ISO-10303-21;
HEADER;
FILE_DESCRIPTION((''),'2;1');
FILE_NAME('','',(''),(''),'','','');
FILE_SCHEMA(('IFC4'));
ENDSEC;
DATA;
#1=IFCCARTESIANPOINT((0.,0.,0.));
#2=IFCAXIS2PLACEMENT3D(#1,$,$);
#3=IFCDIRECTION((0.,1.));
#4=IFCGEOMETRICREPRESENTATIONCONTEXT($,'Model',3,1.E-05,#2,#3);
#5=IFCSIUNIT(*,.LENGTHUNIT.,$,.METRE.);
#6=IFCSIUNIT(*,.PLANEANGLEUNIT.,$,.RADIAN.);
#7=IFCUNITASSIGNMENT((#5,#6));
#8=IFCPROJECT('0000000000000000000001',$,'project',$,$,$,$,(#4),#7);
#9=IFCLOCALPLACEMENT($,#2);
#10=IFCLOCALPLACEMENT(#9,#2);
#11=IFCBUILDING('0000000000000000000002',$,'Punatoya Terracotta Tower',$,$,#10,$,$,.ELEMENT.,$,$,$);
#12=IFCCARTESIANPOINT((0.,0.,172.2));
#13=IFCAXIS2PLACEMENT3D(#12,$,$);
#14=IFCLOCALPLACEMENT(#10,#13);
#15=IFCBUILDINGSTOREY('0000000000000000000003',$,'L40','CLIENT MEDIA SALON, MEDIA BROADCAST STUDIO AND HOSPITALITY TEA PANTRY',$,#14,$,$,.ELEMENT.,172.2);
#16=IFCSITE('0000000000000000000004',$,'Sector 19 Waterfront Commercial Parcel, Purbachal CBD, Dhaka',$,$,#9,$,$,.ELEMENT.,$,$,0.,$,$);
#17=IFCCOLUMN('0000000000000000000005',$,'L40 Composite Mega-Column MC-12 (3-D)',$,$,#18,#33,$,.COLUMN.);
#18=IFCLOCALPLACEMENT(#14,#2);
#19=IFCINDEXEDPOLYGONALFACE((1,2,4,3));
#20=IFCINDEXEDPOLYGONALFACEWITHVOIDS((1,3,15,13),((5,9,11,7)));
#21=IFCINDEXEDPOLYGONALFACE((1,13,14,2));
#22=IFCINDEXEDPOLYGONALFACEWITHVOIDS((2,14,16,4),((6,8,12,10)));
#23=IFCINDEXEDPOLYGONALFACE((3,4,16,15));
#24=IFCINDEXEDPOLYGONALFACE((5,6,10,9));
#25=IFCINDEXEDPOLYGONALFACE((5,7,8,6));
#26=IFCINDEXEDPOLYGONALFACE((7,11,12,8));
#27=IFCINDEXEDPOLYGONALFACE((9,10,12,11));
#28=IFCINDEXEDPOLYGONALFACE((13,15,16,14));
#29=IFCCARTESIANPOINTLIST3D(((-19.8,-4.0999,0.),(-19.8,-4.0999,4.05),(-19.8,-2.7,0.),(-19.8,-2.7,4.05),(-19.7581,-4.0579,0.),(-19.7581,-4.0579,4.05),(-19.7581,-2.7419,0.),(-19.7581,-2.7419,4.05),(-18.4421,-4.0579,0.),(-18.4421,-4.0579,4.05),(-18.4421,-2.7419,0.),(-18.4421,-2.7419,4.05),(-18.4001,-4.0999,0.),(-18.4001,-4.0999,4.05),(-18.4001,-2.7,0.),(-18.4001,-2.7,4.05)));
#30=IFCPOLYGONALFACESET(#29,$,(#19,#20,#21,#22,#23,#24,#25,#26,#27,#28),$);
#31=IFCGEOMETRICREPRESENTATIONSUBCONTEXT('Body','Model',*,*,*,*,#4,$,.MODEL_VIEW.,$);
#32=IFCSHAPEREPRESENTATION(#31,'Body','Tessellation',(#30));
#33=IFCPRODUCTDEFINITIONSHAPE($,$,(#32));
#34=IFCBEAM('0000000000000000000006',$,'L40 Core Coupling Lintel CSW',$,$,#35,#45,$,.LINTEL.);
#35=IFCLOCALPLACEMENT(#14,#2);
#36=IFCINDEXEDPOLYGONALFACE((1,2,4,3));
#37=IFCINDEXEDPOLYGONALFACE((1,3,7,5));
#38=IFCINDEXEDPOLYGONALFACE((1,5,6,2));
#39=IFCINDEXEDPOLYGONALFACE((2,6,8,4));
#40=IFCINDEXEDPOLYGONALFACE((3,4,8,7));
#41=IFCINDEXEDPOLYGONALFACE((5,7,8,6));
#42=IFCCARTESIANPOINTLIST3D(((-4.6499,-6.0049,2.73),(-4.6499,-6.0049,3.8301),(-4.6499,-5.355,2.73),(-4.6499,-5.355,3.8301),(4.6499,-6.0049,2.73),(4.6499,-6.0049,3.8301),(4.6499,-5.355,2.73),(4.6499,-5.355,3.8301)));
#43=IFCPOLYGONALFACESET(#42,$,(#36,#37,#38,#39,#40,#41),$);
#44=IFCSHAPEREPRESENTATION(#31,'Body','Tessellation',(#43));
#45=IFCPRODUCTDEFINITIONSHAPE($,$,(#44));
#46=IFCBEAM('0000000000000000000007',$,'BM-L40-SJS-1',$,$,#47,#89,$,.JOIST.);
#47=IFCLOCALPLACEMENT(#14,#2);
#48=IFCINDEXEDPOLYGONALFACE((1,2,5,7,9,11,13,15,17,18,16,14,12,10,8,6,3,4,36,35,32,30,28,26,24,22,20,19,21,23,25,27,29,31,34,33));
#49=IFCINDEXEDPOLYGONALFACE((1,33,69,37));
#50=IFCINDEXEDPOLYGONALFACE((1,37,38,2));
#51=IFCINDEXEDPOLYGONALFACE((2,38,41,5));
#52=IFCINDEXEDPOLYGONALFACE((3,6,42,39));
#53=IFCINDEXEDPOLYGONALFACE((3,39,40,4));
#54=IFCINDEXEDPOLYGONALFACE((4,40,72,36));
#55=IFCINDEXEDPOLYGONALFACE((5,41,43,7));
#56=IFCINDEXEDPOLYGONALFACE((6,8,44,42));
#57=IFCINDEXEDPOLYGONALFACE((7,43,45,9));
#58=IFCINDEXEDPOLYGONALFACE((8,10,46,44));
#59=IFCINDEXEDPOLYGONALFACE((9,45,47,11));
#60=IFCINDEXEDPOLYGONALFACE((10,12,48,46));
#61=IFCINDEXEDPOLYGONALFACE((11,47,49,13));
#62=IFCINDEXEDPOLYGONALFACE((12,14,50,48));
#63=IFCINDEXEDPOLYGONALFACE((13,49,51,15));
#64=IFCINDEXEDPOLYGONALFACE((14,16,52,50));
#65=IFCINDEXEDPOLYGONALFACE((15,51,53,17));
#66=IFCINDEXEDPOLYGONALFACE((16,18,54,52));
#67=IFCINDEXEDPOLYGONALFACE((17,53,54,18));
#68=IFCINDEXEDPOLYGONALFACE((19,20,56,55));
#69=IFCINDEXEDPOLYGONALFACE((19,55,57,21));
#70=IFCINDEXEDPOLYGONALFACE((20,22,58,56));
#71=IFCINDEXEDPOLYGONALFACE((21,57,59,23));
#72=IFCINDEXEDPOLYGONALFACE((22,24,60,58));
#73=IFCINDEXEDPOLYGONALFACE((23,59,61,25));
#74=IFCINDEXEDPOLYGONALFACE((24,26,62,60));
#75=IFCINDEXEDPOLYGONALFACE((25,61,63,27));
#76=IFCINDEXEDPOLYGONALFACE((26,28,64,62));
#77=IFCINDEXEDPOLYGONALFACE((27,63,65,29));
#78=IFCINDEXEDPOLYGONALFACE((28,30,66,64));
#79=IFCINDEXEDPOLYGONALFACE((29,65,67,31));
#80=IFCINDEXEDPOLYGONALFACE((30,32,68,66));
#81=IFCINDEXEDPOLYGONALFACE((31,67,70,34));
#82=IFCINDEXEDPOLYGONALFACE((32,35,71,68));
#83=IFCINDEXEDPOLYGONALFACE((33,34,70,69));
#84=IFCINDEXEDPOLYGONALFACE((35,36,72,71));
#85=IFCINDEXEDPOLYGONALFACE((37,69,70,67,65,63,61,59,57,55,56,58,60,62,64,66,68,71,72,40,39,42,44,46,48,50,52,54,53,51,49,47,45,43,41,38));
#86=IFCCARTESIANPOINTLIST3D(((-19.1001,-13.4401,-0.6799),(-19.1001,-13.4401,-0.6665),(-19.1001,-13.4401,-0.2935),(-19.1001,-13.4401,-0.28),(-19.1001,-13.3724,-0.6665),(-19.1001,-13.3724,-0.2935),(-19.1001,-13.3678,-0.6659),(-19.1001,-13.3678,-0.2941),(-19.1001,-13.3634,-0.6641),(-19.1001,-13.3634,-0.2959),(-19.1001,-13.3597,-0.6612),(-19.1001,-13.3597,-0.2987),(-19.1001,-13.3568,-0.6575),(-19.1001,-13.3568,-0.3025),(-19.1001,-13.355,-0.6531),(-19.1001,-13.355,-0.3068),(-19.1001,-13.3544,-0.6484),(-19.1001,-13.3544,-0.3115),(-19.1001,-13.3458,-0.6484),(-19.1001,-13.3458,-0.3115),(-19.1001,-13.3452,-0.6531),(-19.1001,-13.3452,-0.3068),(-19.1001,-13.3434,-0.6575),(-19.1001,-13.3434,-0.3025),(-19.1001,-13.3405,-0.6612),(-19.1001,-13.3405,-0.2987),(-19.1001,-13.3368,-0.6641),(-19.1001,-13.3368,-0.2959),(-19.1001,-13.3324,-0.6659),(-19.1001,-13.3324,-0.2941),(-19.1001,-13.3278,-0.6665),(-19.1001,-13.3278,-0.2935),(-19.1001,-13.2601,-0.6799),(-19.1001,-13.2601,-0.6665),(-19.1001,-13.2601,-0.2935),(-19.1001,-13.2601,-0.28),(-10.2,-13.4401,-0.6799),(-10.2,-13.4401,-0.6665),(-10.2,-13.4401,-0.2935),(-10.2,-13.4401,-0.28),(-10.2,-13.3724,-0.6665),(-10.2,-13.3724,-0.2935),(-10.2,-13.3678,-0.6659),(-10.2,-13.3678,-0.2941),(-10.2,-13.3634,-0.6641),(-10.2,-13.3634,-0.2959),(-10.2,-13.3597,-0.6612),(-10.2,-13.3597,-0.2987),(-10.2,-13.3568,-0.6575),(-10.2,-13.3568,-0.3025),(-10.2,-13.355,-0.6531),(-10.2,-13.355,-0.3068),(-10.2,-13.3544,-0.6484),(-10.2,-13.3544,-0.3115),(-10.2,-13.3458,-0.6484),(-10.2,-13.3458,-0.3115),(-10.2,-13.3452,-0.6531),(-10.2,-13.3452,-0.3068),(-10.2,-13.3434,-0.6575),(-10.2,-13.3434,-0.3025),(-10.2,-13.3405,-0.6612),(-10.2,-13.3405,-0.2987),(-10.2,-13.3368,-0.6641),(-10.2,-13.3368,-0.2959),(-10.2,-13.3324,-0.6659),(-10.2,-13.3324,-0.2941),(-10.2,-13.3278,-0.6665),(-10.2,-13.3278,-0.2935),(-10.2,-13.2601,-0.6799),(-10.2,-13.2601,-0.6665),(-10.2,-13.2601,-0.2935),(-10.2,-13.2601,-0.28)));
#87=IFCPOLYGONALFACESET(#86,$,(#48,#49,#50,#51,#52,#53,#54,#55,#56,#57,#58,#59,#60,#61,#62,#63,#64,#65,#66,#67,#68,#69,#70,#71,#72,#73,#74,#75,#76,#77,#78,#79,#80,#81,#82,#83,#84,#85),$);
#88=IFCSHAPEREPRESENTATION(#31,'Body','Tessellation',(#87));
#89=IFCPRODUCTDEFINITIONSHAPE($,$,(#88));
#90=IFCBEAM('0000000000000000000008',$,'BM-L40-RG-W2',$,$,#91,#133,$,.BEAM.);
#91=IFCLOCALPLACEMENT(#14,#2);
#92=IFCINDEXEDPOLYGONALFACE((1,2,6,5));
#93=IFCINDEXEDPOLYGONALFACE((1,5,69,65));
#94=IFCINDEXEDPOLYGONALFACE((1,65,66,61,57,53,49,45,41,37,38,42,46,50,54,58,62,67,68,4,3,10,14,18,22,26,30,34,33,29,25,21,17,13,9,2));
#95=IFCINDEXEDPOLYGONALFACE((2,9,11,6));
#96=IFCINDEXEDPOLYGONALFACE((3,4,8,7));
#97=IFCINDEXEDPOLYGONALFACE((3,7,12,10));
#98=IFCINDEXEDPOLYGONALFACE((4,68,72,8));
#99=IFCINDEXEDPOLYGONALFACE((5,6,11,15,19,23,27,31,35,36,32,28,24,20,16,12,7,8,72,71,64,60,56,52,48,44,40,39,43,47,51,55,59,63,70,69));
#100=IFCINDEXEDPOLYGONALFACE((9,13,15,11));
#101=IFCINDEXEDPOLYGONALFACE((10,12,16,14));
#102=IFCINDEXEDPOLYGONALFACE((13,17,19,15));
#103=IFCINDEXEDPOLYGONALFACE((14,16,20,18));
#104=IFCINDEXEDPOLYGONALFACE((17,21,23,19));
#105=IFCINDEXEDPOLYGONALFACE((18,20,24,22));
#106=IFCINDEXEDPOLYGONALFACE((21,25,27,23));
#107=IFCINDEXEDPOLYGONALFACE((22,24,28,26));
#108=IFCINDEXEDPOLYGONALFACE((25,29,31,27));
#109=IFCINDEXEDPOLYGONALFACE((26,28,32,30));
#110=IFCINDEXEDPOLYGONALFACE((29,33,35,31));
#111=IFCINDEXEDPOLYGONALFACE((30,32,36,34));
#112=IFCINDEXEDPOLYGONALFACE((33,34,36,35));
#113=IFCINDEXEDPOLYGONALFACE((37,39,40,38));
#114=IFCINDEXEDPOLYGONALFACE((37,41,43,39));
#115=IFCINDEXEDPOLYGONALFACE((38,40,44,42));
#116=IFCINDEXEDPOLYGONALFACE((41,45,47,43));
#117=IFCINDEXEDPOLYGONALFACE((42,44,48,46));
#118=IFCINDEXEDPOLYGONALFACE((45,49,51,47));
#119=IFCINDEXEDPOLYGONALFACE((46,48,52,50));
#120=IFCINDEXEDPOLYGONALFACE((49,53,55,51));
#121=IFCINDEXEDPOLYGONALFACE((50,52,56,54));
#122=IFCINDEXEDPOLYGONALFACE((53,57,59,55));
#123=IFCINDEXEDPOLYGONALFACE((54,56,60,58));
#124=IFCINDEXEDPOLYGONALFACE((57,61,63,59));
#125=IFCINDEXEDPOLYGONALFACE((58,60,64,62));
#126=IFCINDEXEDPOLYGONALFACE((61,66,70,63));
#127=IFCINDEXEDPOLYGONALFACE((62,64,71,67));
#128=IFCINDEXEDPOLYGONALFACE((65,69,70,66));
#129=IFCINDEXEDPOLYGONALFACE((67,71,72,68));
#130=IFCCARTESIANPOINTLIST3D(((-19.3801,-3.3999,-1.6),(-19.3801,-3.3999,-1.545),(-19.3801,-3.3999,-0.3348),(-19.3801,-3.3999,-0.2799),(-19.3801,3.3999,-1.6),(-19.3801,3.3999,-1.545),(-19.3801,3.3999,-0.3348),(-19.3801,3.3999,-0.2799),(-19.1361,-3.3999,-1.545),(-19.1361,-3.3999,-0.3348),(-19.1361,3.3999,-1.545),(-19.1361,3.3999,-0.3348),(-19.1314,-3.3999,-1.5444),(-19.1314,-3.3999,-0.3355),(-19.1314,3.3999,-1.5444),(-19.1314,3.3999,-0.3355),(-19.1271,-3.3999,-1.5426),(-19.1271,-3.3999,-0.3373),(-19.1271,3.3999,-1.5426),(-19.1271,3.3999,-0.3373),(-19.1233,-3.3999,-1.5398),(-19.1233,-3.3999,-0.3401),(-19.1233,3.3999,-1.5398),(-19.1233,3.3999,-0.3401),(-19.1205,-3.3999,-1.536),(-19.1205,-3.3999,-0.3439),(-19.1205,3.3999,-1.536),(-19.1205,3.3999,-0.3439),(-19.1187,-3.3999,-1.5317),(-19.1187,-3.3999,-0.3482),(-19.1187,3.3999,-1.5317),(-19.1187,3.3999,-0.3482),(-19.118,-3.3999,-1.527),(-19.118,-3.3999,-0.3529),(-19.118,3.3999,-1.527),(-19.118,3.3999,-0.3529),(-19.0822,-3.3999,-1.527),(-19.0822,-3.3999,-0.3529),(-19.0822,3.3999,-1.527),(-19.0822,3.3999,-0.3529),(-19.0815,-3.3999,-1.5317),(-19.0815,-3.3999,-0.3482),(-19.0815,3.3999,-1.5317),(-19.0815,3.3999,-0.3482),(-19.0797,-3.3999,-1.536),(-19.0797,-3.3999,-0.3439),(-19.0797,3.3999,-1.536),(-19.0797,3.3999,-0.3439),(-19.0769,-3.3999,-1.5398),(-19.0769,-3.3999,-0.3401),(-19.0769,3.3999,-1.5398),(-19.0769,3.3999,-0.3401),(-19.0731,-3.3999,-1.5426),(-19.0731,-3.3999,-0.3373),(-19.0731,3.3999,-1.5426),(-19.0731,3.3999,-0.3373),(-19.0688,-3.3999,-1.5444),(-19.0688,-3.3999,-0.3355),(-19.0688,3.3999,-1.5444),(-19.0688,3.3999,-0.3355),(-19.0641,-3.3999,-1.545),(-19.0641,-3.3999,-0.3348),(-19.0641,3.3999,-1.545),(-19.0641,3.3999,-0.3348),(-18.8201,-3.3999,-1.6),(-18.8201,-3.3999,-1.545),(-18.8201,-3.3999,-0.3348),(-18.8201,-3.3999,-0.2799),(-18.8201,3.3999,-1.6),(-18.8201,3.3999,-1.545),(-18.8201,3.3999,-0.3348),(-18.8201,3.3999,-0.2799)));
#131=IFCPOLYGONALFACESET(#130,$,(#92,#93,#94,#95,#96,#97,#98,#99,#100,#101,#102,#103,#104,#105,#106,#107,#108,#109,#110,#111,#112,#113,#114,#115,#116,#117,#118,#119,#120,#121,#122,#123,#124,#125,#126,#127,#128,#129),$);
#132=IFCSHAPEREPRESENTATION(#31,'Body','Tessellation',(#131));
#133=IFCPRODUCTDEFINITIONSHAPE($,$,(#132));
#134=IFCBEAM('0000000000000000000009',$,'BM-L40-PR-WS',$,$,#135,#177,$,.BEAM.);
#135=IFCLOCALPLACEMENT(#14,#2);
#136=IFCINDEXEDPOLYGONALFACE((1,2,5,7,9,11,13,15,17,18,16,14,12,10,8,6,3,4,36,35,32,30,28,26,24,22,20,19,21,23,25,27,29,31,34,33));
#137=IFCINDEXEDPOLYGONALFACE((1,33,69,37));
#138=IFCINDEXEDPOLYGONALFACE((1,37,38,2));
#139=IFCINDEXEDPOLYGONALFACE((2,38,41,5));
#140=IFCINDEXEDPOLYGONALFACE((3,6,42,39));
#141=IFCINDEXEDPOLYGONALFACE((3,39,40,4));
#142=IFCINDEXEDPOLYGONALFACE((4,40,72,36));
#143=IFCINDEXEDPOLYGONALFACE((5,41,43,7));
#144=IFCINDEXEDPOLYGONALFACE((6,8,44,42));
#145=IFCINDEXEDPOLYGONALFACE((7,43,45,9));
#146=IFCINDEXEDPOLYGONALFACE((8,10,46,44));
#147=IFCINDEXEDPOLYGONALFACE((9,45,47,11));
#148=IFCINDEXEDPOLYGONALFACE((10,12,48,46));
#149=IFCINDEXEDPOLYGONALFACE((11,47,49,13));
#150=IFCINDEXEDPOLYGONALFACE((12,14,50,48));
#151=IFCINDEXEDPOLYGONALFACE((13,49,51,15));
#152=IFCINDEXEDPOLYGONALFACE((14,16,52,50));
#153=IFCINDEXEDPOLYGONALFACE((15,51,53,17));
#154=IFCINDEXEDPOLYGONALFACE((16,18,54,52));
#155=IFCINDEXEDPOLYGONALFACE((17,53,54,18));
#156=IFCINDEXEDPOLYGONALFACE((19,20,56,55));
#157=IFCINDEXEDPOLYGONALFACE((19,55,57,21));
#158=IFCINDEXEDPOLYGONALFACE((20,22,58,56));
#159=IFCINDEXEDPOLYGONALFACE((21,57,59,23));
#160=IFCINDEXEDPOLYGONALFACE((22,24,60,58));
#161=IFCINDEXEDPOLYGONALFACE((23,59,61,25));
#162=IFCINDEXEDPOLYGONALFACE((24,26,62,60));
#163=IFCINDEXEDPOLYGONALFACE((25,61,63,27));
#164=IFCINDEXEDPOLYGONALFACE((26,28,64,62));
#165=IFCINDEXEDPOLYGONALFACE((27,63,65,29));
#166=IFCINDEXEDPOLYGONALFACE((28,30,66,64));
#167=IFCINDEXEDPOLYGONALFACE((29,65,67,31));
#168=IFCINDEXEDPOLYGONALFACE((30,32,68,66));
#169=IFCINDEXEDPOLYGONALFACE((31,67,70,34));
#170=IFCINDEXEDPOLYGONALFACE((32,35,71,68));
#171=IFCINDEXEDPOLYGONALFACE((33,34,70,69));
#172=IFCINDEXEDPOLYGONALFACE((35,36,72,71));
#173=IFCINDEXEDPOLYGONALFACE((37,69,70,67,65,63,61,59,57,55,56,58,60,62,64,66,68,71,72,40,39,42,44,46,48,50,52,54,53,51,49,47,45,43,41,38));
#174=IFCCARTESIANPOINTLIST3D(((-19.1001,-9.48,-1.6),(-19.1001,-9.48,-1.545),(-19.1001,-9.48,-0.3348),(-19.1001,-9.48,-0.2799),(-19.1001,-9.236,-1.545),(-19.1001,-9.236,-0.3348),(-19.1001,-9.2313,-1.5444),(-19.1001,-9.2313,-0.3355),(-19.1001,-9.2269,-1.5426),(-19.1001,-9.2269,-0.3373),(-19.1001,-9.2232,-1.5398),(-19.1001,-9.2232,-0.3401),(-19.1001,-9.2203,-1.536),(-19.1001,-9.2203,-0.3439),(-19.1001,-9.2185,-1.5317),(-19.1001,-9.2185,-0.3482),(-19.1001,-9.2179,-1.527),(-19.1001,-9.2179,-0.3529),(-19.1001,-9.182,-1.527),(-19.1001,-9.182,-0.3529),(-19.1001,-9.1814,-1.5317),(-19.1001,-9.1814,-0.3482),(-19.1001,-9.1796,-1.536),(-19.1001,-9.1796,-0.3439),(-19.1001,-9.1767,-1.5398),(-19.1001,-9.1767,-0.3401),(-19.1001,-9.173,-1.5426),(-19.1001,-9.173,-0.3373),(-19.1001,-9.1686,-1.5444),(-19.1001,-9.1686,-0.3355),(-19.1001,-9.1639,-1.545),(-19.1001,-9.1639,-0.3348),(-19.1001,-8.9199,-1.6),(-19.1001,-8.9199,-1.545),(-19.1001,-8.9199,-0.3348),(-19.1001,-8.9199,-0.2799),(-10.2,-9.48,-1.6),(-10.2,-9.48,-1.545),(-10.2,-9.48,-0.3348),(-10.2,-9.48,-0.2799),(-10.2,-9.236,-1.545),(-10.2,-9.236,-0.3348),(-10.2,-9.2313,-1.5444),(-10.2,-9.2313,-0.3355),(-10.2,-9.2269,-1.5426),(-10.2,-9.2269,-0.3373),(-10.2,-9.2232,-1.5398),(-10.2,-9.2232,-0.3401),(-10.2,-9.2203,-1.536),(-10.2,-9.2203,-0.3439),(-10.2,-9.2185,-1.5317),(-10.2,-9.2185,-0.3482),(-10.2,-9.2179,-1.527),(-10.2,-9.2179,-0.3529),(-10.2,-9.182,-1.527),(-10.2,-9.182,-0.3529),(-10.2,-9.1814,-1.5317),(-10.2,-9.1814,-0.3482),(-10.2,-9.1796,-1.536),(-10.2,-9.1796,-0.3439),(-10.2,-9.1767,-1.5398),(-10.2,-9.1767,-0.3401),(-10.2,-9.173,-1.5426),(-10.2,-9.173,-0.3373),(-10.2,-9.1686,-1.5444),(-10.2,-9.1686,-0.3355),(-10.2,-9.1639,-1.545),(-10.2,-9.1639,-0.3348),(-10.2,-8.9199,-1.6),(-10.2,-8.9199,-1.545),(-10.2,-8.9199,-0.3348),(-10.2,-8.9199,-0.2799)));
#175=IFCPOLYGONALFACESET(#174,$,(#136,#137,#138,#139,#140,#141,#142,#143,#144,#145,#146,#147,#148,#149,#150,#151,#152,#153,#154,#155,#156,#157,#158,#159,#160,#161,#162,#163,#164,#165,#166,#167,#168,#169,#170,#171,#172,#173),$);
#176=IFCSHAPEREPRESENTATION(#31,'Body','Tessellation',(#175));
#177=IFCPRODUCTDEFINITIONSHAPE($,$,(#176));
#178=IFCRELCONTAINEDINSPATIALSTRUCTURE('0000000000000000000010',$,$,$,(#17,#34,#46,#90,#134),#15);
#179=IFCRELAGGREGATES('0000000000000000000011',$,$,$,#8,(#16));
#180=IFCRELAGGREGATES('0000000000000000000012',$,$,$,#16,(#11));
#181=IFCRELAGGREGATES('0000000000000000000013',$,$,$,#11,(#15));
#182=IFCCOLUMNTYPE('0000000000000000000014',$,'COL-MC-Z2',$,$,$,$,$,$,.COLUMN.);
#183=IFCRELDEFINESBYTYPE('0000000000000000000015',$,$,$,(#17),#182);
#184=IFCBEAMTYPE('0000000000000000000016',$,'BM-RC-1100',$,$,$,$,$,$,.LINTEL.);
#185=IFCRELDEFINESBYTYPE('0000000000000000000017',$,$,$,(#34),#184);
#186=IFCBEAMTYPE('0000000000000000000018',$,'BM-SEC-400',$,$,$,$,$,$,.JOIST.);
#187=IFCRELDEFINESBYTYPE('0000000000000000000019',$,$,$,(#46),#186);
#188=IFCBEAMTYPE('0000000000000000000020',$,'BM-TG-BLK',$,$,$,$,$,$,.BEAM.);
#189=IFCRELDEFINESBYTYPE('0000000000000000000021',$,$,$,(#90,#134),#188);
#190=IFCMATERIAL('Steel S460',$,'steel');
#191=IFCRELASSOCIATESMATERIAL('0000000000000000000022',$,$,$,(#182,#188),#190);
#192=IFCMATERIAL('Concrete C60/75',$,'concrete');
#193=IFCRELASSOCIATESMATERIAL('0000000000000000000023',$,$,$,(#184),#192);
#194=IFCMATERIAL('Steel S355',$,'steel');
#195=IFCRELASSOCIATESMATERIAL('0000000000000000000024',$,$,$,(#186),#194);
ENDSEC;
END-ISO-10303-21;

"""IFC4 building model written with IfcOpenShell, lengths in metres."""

from ifc_helpers import new_model, si_unit, direction, frame, origin, origin_2d, place, context, subcontext, project, spatial, rectangle, hollow_rectangle, i_section, extrude, material, material_profile, profile_set, type_object, element, save


model = new_model("IFC4")

# Units and contexts
model_context = context("Model", 3, precision=1e-05, world=origin(), true_north=direction((0.0, 1.0)))
body_context = subcontext(model_context, "Body", "Model", "MODEL_VIEW")
ifc_project = project(units=[si_unit("LENGTHUNIT", "METRE"), si_unit("PLANEANGLEUNIT", "RADIAN")], contexts=[model_context])

# Site, building, storey
site_placement = place(None, origin())
site = spatial("IfcSite", under=ifc_project, at=site_placement, Name="Sector 19 Waterfront Commercial Parcel, Purbachal CBD, Dhaka", CompositionType="ELEMENT", RefElevation=0.0)
building_placement = place(site_placement, origin())
building = spatial("IfcBuilding", under=site, at=building_placement, Name="Punatoya Terracotta Tower", CompositionType="ELEMENT")
storey_placement = place(building_placement, frame((0.0, 0.0, 172.2)))
storey = spatial("IfcBuildingStorey", under=building, at=storey_placement, Name="L40", Description="CLIENT MEDIA SALON, MEDIA BROADCAST STUDIO AND HOSPITALITY TEA PANTRY", CompositionType="ELEMENT", Elevation=172.2)

# Column
ifc_material_1 = material(Name="Steel S460", Category="steel")
ifc_material_profile_1 = material_profile(ifc_material_1, hollow_rectangle(XDim=1.3999, YDim=1.3999, WallThickness=0.042, at=origin_2d()))
ifc_profile_set_1 = profile_set([ifc_material_profile_1], Name="Steel S460")
column_type = type_object("IfcColumnType", Name="COL-MC-Z2", PredefinedType="COLUMN", material=ifc_profile_set_1)
column_placement = place(storey_placement, frame((-19.1001, -3.3999, 0.0), z_axis=(0.0, 0.0, 1.0), x_axis=(1.0, 0.0, 0.0)))
element("IfcColumn", 1, at=column_placement, inside=storey, type_object=column_type, Name="L40 Composite Mega-Column MC-12 (3-D)", PredefinedType="COLUMN", context=body_context, shape_type="SweptSolid", body=[
    extrude(hollow_rectangle(XDim=1.3999, YDim=1.3999, WallThickness=0.042, at=origin_2d()), origin(), (0.0, 0.0, 1.0), 4.05),
])

# Beams
ifc_material_2 = material(Name="Concrete C60/75", Category="concrete")
ifc_material_profile_2 = material_profile(ifc_material_2, rectangle(XDim=0.6499, YDim=1.1001, at=origin_2d()))
ifc_profile_set_2 = profile_set([ifc_material_profile_2], Name="Concrete C60/75")
beam_type_1 = type_object("IfcBeamType", Name="BM-RC-1100", PredefinedType="LINTEL", material=ifc_profile_set_2)
beam_1_placement = place(storey_placement, frame((-4.6499, -5.6799, 3.28), z_axis=(1.0, 0.0, 0.0), x_axis=(0.0, 1.0, 0.0)))
element("IfcBeam", 2, at=beam_1_placement, inside=storey, type_object=beam_type_1, Name="L40 Core Coupling Lintel CSW", PredefinedType="LINTEL", context=body_context, shape_type="SweptSolid", body=[
    extrude(rectangle(XDim=0.6499, YDim=1.1001, at=origin_2d()), origin(), (0.0, 0.0, 1.0), 9.2998),
])
ifc_material_3 = material(Name="Steel S355", Category="steel")
ifc_material_profile_3 = material_profile(ifc_material_3, i_section(OverallWidth=0.1799, OverallDepth=0.3999, WebThickness=0.0085, FlangeThickness=0.0134, FilletRadius=0.0181, at=origin_2d()))
ifc_profile_set_3 = profile_set([ifc_material_profile_3], Name="Steel S355")
beam_type_2 = type_object("IfcBeamType", Name="BM-SEC-400", PredefinedType="JOIST", material=ifc_profile_set_3)
beam_2_placement = place(storey_placement, frame((-19.1001, -13.3501, -0.48), z_axis=(1.0, 0.0, 0.0), x_axis=(0.0, 1.0, 0.0)))
element("IfcBeam", 3, at=beam_2_placement, inside=storey, type_object=beam_type_2, Name="BM-L40-SJS-1", PredefinedType="JOIST", context=body_context, shape_type="SweptSolid", body=[
    extrude(i_section(OverallWidth=0.1799, OverallDepth=0.3999, WebThickness=0.0085, FlangeThickness=0.0134, FilletRadius=0.0181, at=origin_2d()), origin(), (0.0, 0.0, 1.0), 8.9001),
])
ifc_material_profile_4 = material_profile(ifc_material_1, i_section(OverallWidth=0.5601, OverallDepth=1.3201, WebThickness=0.0359, FlangeThickness=0.0549, FilletRadius=0.0181, at=origin_2d()))
ifc_profile_set_4 = profile_set([ifc_material_profile_4], Name="Steel S460")
beam_type_3 = type_object("IfcBeamType", Name="BM-TG-BLK", PredefinedType="BEAM", material=ifc_profile_set_4)
beam_3_placement = place(storey_placement, frame((-19.1001, -3.3999, -0.9399), z_axis=(0.0, 1.0, 0.0), x_axis=(-1.0, 0.0, 0.0)))
element("IfcBeam", 4, at=beam_3_placement, inside=storey, type_object=beam_type_3, Name="BM-L40-RG-W2", PredefinedType="BEAM", context=body_context, shape_type="SweptSolid", body=[
    extrude(i_section(OverallWidth=0.5601, OverallDepth=1.3201, WebThickness=0.0359, FlangeThickness=0.0549, FilletRadius=0.0181, at=origin_2d()), origin(), (0.0, 0.0, 1.0), 6.7998),
])
for number, where, z_axis, x_axis, name in (
    (5, (-19.1001, -9.2, -0.9399), (1.0, 0.0, 0.0), (0.0, 1.0, 0.0), "BM-L40-PR-WS"),
):
    element("IfcBeam", number, at=place(storey_placement, frame(where, z_axis=z_axis, x_axis=x_axis)), inside=storey, type_object=beam_type_3, Name=name, PredefinedType="BEAM", context=body_context, shape_type="SweptSolid", body=[
        extrude(i_section(OverallWidth=0.5601, OverallDepth=1.3201, WebThickness=0.0359, FlangeThickness=0.0549, FilletRadius=0.0181, at=origin_2d()), origin(), (0.0, 0.0, 1.0), 8.9001),
    ])

save(model, "model.ifc")
